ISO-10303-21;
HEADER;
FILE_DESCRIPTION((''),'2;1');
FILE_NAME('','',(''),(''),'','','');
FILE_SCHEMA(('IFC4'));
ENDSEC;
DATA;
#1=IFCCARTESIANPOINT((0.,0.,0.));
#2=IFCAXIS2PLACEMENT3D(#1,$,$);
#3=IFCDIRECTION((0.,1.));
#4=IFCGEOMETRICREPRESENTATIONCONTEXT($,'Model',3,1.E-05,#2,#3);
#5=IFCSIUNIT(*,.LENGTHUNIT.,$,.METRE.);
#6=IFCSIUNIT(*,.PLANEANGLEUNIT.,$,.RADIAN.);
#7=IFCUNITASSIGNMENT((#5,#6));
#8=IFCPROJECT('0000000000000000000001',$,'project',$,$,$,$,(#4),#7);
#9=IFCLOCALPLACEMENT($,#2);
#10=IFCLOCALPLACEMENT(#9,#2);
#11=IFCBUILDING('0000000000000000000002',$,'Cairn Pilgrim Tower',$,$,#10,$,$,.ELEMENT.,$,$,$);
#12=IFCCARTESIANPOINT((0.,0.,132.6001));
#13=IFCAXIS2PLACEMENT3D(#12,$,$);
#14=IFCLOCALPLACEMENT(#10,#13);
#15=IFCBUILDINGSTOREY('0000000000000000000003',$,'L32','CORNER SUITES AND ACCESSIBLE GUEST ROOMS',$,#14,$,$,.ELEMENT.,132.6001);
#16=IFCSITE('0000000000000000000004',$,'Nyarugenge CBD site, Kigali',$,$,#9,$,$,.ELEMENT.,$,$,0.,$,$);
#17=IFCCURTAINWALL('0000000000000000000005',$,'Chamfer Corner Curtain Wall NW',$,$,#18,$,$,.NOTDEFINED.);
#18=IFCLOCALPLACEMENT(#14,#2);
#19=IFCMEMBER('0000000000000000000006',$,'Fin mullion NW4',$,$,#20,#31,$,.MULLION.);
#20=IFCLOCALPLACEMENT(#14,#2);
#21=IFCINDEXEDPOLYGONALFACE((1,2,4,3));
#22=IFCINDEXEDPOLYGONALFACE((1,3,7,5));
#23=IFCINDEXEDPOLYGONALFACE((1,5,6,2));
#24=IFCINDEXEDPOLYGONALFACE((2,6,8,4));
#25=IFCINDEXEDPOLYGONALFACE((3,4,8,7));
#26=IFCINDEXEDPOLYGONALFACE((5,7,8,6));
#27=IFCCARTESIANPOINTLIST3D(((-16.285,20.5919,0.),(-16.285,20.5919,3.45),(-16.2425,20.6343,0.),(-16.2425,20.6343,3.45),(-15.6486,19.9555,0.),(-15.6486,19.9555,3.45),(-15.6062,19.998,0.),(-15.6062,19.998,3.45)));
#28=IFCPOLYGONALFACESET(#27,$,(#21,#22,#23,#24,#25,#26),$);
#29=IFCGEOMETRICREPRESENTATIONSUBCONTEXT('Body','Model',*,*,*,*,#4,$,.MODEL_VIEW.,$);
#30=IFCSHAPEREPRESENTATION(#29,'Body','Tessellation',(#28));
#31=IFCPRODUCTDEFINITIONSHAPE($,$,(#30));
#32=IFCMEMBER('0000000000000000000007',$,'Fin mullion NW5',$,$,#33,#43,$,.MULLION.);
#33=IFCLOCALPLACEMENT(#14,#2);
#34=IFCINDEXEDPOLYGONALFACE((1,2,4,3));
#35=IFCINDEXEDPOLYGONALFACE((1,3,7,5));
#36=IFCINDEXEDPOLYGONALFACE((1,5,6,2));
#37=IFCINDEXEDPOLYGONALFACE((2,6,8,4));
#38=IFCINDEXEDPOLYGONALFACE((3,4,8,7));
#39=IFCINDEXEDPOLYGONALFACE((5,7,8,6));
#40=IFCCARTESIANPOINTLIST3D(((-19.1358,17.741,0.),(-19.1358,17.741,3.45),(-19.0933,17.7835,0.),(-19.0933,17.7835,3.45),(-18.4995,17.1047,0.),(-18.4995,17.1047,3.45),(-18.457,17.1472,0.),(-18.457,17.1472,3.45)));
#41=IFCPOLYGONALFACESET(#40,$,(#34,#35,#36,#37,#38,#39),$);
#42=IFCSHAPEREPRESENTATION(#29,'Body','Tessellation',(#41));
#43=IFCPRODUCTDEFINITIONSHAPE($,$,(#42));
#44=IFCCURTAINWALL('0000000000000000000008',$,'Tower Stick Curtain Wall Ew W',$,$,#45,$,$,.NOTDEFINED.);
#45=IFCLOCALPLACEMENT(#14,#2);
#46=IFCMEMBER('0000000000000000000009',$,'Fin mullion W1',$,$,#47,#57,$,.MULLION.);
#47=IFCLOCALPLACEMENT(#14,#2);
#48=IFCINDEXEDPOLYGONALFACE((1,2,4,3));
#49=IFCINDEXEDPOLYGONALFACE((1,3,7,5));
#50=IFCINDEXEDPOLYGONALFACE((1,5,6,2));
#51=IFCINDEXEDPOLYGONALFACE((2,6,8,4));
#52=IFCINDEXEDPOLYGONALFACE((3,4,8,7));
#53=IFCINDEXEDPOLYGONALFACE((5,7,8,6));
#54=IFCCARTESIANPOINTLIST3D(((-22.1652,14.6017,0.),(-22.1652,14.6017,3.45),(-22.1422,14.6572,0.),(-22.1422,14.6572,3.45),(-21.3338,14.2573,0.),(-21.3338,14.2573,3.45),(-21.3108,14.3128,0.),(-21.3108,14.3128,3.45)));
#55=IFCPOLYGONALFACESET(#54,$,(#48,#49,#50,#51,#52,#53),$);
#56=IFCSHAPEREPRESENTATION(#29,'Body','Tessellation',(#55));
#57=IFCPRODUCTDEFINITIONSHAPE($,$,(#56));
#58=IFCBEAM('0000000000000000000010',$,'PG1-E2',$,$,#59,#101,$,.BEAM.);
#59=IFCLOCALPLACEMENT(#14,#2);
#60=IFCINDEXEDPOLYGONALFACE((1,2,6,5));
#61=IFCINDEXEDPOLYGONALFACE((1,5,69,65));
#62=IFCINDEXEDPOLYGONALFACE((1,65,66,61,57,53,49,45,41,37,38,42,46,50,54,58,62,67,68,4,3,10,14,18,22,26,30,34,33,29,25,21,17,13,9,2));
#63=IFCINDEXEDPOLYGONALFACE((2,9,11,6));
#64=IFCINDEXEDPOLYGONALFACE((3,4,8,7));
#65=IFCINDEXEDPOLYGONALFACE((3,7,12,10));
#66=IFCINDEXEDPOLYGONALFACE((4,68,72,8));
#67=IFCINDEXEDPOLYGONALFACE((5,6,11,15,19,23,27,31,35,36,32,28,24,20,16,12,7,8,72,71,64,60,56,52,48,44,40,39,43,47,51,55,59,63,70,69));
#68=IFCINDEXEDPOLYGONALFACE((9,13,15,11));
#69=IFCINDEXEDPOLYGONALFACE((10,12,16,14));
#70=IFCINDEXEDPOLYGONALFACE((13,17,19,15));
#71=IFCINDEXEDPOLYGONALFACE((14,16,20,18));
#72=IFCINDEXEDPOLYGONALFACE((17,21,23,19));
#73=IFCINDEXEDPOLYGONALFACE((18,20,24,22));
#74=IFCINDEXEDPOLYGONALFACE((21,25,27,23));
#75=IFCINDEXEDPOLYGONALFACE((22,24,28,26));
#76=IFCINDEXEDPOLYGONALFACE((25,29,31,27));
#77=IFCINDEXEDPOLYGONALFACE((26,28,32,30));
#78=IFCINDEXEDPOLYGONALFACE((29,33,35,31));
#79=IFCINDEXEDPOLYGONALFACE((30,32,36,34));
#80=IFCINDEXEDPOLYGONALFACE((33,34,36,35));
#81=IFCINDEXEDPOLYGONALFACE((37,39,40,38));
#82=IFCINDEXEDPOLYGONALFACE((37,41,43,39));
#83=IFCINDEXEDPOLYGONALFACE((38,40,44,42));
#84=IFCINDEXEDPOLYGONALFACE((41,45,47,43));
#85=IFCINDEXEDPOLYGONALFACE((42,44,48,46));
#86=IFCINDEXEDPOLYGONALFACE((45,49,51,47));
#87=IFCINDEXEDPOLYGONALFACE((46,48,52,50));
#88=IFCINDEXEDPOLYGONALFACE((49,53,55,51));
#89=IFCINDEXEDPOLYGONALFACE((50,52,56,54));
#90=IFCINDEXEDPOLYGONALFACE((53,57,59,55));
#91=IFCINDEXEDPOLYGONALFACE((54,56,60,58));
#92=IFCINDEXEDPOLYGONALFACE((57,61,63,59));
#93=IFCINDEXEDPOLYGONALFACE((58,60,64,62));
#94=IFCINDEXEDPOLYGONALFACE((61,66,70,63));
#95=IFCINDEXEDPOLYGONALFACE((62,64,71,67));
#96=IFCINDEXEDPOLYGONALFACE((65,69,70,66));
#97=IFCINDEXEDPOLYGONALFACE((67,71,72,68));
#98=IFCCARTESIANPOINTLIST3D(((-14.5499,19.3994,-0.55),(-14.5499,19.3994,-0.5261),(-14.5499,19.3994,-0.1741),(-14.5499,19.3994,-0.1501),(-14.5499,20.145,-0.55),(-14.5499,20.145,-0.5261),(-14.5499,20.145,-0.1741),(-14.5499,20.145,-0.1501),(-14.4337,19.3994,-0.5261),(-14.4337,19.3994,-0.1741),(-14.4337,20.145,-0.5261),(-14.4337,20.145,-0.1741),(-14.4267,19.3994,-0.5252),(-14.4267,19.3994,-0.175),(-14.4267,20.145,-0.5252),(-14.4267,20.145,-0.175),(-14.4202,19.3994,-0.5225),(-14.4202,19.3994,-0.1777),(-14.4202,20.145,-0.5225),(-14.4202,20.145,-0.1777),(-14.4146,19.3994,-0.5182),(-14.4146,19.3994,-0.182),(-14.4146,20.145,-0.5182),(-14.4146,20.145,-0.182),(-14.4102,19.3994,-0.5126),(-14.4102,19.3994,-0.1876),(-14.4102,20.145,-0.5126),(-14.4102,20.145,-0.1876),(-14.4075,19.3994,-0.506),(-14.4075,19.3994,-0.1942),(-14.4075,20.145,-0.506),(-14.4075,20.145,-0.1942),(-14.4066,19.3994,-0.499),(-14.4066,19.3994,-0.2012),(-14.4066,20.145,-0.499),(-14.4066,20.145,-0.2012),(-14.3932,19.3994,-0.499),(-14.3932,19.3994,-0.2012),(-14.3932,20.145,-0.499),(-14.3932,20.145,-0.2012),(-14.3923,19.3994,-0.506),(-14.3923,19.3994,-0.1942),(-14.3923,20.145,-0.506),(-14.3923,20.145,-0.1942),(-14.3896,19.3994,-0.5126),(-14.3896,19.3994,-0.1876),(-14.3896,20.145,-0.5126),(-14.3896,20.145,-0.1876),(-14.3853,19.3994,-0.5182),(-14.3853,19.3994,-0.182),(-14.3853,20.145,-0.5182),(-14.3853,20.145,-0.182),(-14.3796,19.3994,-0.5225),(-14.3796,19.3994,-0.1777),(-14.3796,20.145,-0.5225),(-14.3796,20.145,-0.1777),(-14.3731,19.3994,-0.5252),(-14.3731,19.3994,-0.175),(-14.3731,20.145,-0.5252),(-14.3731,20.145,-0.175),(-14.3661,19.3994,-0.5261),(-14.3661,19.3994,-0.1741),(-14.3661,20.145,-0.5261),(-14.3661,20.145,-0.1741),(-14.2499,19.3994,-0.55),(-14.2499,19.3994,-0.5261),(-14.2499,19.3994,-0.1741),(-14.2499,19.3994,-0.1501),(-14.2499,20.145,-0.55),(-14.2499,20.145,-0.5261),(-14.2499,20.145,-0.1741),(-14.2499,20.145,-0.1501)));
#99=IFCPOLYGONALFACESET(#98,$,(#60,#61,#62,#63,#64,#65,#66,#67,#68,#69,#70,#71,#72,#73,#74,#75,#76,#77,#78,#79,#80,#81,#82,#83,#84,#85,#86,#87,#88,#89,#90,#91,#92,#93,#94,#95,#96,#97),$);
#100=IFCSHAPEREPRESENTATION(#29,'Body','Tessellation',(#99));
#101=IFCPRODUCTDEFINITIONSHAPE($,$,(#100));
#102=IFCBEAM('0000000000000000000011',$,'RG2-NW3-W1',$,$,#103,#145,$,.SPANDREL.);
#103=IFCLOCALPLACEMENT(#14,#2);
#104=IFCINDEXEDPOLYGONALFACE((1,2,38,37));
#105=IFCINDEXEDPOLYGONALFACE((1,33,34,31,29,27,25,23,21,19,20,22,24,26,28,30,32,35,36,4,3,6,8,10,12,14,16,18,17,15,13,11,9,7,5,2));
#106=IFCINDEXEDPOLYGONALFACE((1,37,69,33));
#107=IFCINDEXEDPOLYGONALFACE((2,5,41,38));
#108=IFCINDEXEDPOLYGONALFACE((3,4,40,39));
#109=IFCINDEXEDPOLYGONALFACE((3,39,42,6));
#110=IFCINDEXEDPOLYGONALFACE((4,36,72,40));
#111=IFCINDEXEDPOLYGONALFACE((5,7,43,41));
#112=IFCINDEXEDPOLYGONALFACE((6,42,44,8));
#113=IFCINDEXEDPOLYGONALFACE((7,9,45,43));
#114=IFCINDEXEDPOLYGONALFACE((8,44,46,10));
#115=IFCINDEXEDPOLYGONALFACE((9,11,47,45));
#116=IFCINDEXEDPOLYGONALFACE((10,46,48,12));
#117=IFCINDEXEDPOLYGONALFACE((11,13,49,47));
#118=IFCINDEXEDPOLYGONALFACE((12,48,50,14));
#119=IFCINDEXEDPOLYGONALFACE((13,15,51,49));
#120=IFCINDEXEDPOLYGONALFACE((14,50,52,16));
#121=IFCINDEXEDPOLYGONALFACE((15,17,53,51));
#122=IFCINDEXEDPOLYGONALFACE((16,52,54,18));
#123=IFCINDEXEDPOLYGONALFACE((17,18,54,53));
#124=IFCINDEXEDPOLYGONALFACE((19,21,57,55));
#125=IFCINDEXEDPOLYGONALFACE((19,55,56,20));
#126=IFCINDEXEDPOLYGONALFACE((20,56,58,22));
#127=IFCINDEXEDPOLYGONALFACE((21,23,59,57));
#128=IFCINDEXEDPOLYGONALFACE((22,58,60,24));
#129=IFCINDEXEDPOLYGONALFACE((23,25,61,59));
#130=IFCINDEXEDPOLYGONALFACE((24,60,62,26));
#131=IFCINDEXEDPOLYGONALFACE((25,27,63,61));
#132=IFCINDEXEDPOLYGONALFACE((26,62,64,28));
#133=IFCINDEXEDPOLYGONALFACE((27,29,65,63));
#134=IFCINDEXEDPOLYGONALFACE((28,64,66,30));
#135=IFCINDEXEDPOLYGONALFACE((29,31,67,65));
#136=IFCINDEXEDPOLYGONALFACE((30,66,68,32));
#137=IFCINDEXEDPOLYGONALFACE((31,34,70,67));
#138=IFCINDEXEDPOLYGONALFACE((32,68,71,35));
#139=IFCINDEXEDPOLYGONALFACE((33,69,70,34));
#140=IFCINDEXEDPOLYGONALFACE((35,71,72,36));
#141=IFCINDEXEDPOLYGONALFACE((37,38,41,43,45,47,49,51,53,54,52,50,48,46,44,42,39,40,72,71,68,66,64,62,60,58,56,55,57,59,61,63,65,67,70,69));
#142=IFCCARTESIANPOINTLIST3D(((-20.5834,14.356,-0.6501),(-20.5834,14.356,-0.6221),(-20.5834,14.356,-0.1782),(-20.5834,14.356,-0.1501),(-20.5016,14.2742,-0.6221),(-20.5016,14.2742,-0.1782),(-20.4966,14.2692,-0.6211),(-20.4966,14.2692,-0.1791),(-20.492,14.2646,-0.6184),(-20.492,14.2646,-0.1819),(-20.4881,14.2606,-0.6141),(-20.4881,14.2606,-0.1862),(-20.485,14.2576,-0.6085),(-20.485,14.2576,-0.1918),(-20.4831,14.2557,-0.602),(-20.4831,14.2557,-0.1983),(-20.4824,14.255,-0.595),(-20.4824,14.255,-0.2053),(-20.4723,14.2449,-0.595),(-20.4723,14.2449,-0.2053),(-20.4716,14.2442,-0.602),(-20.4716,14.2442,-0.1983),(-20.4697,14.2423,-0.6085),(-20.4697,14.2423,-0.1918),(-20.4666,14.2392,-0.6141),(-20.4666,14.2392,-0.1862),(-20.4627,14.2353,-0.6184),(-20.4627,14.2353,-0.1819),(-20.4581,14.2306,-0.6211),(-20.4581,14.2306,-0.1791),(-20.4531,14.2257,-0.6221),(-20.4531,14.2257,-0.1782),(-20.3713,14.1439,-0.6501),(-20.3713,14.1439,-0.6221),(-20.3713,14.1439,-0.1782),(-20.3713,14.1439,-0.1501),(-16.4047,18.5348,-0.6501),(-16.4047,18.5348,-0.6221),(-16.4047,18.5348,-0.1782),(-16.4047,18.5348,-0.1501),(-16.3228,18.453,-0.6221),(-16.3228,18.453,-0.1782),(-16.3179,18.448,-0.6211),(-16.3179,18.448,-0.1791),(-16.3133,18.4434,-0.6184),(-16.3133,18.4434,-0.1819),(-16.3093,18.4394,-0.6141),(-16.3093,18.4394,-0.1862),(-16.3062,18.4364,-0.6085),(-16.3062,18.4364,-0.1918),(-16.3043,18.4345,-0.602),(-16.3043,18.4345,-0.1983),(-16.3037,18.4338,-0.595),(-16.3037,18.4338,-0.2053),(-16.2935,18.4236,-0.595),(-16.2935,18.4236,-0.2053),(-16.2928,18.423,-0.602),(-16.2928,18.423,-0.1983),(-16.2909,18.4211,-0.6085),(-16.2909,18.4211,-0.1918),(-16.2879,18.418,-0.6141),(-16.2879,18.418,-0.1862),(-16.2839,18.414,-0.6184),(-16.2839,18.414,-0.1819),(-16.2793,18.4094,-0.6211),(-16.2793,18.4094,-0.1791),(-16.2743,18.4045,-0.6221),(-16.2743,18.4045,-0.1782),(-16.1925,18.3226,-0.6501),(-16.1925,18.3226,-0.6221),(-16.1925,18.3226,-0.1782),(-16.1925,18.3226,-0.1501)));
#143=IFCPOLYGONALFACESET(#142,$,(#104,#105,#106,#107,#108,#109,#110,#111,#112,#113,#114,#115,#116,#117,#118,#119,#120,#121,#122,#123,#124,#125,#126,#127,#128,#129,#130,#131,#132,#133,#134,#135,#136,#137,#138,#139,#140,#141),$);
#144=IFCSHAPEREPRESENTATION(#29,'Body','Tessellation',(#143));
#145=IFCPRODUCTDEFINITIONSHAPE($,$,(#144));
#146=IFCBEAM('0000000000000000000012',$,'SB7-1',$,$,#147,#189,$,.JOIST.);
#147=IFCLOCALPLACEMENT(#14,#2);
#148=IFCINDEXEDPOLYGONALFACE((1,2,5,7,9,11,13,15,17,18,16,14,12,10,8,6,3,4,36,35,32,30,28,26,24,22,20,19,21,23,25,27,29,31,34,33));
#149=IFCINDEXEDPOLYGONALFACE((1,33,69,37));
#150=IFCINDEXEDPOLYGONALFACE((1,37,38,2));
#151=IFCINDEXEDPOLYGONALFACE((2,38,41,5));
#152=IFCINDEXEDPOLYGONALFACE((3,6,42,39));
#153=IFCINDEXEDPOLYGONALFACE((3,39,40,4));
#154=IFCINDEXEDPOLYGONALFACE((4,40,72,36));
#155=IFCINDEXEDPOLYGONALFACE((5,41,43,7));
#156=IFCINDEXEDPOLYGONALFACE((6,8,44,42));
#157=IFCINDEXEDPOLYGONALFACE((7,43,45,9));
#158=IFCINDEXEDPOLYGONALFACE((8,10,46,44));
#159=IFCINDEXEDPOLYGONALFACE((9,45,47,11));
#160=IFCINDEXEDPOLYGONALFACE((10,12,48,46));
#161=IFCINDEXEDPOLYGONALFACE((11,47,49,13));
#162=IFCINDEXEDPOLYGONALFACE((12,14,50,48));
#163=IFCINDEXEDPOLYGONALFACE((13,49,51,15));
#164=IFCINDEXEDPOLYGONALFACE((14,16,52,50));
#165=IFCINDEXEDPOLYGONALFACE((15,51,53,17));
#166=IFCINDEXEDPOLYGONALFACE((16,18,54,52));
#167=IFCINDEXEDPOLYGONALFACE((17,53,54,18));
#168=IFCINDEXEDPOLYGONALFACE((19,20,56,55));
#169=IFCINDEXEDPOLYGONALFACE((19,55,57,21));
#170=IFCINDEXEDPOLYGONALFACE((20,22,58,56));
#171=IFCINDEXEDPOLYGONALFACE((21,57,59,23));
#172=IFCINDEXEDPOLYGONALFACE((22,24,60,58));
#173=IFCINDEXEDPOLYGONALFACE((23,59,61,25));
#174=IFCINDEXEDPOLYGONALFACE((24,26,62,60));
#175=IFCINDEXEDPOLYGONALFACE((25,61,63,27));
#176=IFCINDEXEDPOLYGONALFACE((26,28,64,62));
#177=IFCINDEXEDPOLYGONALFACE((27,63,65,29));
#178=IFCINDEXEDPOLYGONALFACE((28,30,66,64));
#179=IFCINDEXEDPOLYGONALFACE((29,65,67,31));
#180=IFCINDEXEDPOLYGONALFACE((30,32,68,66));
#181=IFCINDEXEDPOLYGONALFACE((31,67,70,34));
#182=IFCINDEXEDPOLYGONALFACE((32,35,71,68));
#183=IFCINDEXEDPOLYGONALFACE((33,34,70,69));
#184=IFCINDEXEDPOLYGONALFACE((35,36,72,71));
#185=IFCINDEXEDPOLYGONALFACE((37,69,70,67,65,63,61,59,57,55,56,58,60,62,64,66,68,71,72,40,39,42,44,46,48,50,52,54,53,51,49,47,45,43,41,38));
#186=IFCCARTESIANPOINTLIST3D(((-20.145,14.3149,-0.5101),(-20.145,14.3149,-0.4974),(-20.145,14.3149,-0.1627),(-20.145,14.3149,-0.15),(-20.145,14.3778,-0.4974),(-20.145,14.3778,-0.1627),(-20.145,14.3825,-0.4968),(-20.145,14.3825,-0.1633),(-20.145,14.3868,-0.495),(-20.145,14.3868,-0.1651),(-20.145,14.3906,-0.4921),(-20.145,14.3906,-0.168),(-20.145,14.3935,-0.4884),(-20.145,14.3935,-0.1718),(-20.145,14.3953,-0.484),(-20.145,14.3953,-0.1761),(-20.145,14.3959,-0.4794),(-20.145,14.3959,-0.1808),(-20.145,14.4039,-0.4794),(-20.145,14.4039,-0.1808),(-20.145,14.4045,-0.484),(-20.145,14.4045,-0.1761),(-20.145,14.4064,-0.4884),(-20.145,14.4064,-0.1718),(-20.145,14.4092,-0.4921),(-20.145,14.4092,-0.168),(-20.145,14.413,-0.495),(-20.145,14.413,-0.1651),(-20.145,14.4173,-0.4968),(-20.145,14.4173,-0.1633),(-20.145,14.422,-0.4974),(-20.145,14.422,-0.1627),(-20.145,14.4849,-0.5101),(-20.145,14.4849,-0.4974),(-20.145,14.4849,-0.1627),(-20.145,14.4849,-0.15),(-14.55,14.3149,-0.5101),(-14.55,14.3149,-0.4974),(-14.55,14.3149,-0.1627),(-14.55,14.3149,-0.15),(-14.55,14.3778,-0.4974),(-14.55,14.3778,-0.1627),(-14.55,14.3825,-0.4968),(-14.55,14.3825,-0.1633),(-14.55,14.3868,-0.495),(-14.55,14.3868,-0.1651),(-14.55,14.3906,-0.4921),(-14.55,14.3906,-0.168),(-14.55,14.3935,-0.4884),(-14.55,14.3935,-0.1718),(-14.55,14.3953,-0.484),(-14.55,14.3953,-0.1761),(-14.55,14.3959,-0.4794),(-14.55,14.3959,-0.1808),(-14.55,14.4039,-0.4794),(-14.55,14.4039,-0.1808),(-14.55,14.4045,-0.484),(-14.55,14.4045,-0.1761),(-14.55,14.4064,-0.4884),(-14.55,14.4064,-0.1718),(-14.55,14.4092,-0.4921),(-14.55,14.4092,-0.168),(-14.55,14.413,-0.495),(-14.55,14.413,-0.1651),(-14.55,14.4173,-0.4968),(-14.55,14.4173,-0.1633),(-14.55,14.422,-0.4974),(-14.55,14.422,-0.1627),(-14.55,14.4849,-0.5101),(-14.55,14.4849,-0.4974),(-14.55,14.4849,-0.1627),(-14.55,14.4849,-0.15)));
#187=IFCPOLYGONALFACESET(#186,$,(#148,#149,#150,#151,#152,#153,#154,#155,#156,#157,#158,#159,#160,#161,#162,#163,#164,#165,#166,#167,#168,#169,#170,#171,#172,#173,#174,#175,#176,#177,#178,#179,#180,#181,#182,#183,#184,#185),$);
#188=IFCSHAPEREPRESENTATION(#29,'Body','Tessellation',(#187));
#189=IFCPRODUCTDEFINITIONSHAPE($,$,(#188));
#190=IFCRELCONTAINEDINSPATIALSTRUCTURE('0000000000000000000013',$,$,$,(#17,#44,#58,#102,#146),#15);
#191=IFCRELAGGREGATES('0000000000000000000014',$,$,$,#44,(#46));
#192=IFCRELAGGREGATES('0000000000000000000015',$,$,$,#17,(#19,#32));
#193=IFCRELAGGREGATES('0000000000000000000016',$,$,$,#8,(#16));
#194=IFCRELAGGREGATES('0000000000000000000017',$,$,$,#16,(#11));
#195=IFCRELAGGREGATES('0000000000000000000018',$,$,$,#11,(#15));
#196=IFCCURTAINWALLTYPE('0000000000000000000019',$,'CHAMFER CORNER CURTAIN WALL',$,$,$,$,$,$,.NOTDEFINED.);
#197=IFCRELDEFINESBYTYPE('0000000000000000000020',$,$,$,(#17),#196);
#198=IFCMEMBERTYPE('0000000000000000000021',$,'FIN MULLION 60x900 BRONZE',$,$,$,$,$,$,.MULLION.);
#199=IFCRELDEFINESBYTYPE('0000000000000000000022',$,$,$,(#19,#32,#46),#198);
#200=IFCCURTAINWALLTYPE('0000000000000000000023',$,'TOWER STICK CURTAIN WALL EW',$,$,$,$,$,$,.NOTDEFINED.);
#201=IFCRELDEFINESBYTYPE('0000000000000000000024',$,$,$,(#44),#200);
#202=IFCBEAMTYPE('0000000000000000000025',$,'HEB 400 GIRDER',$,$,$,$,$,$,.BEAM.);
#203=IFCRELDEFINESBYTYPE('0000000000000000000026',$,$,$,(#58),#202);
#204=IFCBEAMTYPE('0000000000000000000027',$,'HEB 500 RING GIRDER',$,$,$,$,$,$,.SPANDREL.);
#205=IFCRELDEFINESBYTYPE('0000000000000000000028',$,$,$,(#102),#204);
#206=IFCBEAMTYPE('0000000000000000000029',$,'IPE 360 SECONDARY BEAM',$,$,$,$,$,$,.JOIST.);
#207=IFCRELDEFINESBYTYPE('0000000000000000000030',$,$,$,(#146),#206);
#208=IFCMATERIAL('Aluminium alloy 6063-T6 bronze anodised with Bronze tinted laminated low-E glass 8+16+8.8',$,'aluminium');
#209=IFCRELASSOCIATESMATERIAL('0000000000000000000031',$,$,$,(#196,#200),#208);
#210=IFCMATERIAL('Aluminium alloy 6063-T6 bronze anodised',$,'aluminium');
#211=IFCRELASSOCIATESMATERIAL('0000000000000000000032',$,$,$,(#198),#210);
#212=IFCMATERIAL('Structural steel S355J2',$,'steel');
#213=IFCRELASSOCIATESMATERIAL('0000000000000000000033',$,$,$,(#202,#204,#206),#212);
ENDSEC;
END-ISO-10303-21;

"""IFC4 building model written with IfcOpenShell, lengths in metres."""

from ifc_helpers import new_model, si_unit, direction, frame, origin, origin_2d, place, context, subcontext, project, spatial, rectangle, i_section, extrude, material, material_profile, profile_set, type_object, element, aggregate, save


model = new_model("IFC4")

# Units and contexts
model_context = context("Model", 3, precision=1e-05, world=origin(), true_north=direction((0.0, 1.0)))
body_context = subcontext(model_context, "Body", "Model", "MODEL_VIEW")
ifc_project = project(units=[si_unit("LENGTHUNIT", "METRE"), si_unit("PLANEANGLEUNIT", "RADIAN")], contexts=[model_context])

# Site, building, storey
site_placement = place(None, origin())
site = spatial("IfcSite", under=ifc_project, at=site_placement, Name="Nyarugenge CBD site, Kigali", CompositionType="ELEMENT", RefElevation=0.0)
building_placement = place(site_placement, origin())
building = spatial("IfcBuilding", under=site, at=building_placement, Name="Cairn Pilgrim Tower", CompositionType="ELEMENT")
storey_placement = place(building_placement, frame((0.0, 0.0, 132.6001)))
storey = spatial("IfcBuildingStorey", under=building, at=storey_placement, Name="L32", Description="CORNER SUITES AND ACCESSIBLE GUEST ROOMS", CompositionType="ELEMENT", Elevation=132.6001)

# Shared definitions
ifc_material_1 = material(Name="Structural steel S355J2", Category="steel")

# Curtain wall, members
ifc_material_2 = material(Name="Aluminium alloy 6063-T6 bronze anodised with Bronze tinted laminated low-E glass 8+16+8.8", Category="aluminium")
curtain_wall_type_1 = type_object("IfcCurtainWallType", Name="CHAMFER CORNER CURTAIN WALL", PredefinedType="NOTDEFINED", material=ifc_material_2)
curtain_wall_1_placement = place(storey_placement, origin())
curtain_wall_1 = element("IfcCurtainWall", 1, at=curtain_wall_1_placement, inside=storey, type_object=curtain_wall_type_1, Name="Chamfer Corner Curtain Wall NW", PredefinedType="NOTDEFINED")
ifc_material_3 = material(Name="Aluminium alloy 6063-T6 bronze anodised", Category="aluminium")
ifc_material_profile_1 = material_profile(ifc_material_3, rectangle(XDim=0.8999, YDim=0.0601, at=origin_2d()), Name="FIN MULLION 60x900 BRONZE")
ifc_profile_set_1 = profile_set([ifc_material_profile_1], Name="Aluminium alloy 6063-T6 bronze anodised")
member_type_1 = type_object("IfcMemberType", Name="FIN MULLION 60x900 BRONZE", PredefinedType="MULLION", material=ifc_profile_set_1)
member_1_placement = place(storey_placement, frame((-15.9456, 20.2949, 0.0), z_axis=(0.0, 0.0, 1.0), x_axis=(-0.707107, 0.707107, 0.0)))
member_1 = element("IfcMember", 2, at=member_1_placement, type_object=member_type_1, Name="Fin mullion NW4", PredefinedType="MULLION", context=body_context, shape_type="SweptSolid", body=[
    extrude(rectangle(XDim=0.8999, YDim=0.0601, at=origin_2d()), origin(), (0.0, 0.0, 1.0), 3.45),
])
member_2_placement = place(storey_placement, frame((-18.7964, 17.4441, 0.0), z_axis=(0.0, 0.0, 1.0), x_axis=(-0.707107, 0.707107, 0.0)))
member_2 = element("IfcMember", 3, at=member_2_placement, type_object=member_type_1, Name="Fin mullion NW5", PredefinedType="MULLION", context=body_context, shape_type="SweptSolid", body=[
    extrude(rectangle(XDim=0.8999, YDim=0.0601, at=origin_2d()), origin(), (0.0, 0.0, 1.0), 3.45),
])

# Curtain wall, member
curtain_wall_type_2 = type_object("IfcCurtainWallType", Name="TOWER STICK CURTAIN WALL EW", PredefinedType="NOTDEFINED", material=ifc_material_2)
curtain_wall_2_placement = place(storey_placement, origin())
curtain_wall_2 = element("IfcCurtainWall", 4, at=curtain_wall_2_placement, inside=storey, type_object=curtain_wall_type_2, Name="Tower Stick Curtain Wall Ew W", PredefinedType="NOTDEFINED")
member_3_placement = place(storey_placement, frame((-21.738, 14.4573, 0.0), z_axis=(0.0, 0.0, 1.0), x_axis=(-0.92388, 0.382683, 0.0)))
member_3 = element("IfcMember", 5, at=member_3_placement, type_object=member_type_1, Name="Fin mullion W1", PredefinedType="MULLION", context=body_context, shape_type="SweptSolid", body=[
    extrude(rectangle(XDim=0.8999, YDim=0.0601, at=origin_2d()), origin(), (0.0, 0.0, 1.0), 3.45),
])
aggregate(curtain_wall_2, [member_3])

# Beams
ifc_material_profile_2 = material_profile(ifc_material_1, i_section(OverallWidth=0.3, OverallDepth=0.3999, WebThickness=0.0134, FlangeThickness=0.0239, FilletRadius=0.0271, at=origin_2d()), Name="HEB 400")
ifc_profile_set_2 = profile_set([ifc_material_profile_2], Name="Structural steel S355J2")
beam_type_1 = type_object("IfcBeamType", Name="HEB 400 GIRDER", PredefinedType="BEAM", material=ifc_profile_set_2)
beam_1_placement = place(storey_placement, frame((-14.3999, 19.3994, -0.3501), z_axis=(0.0, 1.0, 0.0), x_axis=(-1.0, 0.0, 0.0)))
element("IfcBeam", 6, at=beam_1_placement, inside=storey, type_object=beam_type_1, Name="PG1-E2", PredefinedType="BEAM", context=body_context, shape_type="SweptSolid", body=[
    extrude(i_section(OverallWidth=0.3, OverallDepth=0.3999, WebThickness=0.0134, FlangeThickness=0.0239, FilletRadius=0.0271, at=origin_2d()), origin(), (0.0, 0.0, 1.0), 0.7456),
])
ifc_material_profile_3 = material_profile(ifc_material_1, i_section(OverallWidth=0.3, OverallDepth=0.5, WebThickness=0.0144, FlangeThickness=0.0281, FilletRadius=0.0271, at=origin_2d()), Name="HEB 500")
ifc_profile_set_3 = profile_set([ifc_material_profile_3], Name="Structural steel S355J2")
beam_type_2 = type_object("IfcBeamType", Name="HEB 500 RING GIRDER", PredefinedType="SPANDREL", material=ifc_profile_set_3)
beam_2_placement = place(storey_placement, frame((-16.2986, 18.4287, -0.4001), z_axis=(-0.707107, -0.707107, 0.0), x_axis=(0.707107, -0.707107, 0.0)))
element("IfcBeam", 7, at=beam_2_placement, inside=storey, type_object=beam_type_2, Name="RG2-NW3-W1", PredefinedType="SPANDREL", context=body_context, shape_type="SweptSolid", body=[
    extrude(i_section(OverallWidth=0.3, OverallDepth=0.5, WebThickness=0.0144, FlangeThickness=0.0281, FilletRadius=0.0271, at=origin_2d()), origin(), (0.0, 0.0, 1.0), 5.9097),
])
ifc_material_profile_4 = material_profile(ifc_material_1, i_section(OverallWidth=0.1699, OverallDepth=0.3601, WebThickness=0.0081, FlangeThickness=0.0127, FilletRadius=0.0181, at=origin_2d()), Name="IPE 360")
ifc_profile_set_4 = profile_set([ifc_material_profile_4], Name="Structural steel S355J2")
beam_type_3 = type_object("IfcBeamType", Name="IPE 360 SECONDARY BEAM", PredefinedType="JOIST", material=ifc_profile_set_4)
beam_3_placement = place(storey_placement, frame((-20.145, 14.3999, -0.3301), z_axis=(1.0, 0.0, 0.0), x_axis=(0.0, 1.0, 0.0)))
element("IfcBeam", 8, at=beam_3_placement, inside=storey, type_object=beam_type_3, Name="SB7-1", PredefinedType="JOIST", context=body_context, shape_type="SweptSolid", body=[
    extrude(i_section(OverallWidth=0.1699, OverallDepth=0.3601, WebThickness=0.0081, FlangeThickness=0.0127, FilletRadius=0.0181, at=origin_2d()), origin(), (0.0, 0.0, 1.0), 5.595),
])

aggregate(curtain_wall_1, [member_1, member_2])

save(model, "model.ifc")
